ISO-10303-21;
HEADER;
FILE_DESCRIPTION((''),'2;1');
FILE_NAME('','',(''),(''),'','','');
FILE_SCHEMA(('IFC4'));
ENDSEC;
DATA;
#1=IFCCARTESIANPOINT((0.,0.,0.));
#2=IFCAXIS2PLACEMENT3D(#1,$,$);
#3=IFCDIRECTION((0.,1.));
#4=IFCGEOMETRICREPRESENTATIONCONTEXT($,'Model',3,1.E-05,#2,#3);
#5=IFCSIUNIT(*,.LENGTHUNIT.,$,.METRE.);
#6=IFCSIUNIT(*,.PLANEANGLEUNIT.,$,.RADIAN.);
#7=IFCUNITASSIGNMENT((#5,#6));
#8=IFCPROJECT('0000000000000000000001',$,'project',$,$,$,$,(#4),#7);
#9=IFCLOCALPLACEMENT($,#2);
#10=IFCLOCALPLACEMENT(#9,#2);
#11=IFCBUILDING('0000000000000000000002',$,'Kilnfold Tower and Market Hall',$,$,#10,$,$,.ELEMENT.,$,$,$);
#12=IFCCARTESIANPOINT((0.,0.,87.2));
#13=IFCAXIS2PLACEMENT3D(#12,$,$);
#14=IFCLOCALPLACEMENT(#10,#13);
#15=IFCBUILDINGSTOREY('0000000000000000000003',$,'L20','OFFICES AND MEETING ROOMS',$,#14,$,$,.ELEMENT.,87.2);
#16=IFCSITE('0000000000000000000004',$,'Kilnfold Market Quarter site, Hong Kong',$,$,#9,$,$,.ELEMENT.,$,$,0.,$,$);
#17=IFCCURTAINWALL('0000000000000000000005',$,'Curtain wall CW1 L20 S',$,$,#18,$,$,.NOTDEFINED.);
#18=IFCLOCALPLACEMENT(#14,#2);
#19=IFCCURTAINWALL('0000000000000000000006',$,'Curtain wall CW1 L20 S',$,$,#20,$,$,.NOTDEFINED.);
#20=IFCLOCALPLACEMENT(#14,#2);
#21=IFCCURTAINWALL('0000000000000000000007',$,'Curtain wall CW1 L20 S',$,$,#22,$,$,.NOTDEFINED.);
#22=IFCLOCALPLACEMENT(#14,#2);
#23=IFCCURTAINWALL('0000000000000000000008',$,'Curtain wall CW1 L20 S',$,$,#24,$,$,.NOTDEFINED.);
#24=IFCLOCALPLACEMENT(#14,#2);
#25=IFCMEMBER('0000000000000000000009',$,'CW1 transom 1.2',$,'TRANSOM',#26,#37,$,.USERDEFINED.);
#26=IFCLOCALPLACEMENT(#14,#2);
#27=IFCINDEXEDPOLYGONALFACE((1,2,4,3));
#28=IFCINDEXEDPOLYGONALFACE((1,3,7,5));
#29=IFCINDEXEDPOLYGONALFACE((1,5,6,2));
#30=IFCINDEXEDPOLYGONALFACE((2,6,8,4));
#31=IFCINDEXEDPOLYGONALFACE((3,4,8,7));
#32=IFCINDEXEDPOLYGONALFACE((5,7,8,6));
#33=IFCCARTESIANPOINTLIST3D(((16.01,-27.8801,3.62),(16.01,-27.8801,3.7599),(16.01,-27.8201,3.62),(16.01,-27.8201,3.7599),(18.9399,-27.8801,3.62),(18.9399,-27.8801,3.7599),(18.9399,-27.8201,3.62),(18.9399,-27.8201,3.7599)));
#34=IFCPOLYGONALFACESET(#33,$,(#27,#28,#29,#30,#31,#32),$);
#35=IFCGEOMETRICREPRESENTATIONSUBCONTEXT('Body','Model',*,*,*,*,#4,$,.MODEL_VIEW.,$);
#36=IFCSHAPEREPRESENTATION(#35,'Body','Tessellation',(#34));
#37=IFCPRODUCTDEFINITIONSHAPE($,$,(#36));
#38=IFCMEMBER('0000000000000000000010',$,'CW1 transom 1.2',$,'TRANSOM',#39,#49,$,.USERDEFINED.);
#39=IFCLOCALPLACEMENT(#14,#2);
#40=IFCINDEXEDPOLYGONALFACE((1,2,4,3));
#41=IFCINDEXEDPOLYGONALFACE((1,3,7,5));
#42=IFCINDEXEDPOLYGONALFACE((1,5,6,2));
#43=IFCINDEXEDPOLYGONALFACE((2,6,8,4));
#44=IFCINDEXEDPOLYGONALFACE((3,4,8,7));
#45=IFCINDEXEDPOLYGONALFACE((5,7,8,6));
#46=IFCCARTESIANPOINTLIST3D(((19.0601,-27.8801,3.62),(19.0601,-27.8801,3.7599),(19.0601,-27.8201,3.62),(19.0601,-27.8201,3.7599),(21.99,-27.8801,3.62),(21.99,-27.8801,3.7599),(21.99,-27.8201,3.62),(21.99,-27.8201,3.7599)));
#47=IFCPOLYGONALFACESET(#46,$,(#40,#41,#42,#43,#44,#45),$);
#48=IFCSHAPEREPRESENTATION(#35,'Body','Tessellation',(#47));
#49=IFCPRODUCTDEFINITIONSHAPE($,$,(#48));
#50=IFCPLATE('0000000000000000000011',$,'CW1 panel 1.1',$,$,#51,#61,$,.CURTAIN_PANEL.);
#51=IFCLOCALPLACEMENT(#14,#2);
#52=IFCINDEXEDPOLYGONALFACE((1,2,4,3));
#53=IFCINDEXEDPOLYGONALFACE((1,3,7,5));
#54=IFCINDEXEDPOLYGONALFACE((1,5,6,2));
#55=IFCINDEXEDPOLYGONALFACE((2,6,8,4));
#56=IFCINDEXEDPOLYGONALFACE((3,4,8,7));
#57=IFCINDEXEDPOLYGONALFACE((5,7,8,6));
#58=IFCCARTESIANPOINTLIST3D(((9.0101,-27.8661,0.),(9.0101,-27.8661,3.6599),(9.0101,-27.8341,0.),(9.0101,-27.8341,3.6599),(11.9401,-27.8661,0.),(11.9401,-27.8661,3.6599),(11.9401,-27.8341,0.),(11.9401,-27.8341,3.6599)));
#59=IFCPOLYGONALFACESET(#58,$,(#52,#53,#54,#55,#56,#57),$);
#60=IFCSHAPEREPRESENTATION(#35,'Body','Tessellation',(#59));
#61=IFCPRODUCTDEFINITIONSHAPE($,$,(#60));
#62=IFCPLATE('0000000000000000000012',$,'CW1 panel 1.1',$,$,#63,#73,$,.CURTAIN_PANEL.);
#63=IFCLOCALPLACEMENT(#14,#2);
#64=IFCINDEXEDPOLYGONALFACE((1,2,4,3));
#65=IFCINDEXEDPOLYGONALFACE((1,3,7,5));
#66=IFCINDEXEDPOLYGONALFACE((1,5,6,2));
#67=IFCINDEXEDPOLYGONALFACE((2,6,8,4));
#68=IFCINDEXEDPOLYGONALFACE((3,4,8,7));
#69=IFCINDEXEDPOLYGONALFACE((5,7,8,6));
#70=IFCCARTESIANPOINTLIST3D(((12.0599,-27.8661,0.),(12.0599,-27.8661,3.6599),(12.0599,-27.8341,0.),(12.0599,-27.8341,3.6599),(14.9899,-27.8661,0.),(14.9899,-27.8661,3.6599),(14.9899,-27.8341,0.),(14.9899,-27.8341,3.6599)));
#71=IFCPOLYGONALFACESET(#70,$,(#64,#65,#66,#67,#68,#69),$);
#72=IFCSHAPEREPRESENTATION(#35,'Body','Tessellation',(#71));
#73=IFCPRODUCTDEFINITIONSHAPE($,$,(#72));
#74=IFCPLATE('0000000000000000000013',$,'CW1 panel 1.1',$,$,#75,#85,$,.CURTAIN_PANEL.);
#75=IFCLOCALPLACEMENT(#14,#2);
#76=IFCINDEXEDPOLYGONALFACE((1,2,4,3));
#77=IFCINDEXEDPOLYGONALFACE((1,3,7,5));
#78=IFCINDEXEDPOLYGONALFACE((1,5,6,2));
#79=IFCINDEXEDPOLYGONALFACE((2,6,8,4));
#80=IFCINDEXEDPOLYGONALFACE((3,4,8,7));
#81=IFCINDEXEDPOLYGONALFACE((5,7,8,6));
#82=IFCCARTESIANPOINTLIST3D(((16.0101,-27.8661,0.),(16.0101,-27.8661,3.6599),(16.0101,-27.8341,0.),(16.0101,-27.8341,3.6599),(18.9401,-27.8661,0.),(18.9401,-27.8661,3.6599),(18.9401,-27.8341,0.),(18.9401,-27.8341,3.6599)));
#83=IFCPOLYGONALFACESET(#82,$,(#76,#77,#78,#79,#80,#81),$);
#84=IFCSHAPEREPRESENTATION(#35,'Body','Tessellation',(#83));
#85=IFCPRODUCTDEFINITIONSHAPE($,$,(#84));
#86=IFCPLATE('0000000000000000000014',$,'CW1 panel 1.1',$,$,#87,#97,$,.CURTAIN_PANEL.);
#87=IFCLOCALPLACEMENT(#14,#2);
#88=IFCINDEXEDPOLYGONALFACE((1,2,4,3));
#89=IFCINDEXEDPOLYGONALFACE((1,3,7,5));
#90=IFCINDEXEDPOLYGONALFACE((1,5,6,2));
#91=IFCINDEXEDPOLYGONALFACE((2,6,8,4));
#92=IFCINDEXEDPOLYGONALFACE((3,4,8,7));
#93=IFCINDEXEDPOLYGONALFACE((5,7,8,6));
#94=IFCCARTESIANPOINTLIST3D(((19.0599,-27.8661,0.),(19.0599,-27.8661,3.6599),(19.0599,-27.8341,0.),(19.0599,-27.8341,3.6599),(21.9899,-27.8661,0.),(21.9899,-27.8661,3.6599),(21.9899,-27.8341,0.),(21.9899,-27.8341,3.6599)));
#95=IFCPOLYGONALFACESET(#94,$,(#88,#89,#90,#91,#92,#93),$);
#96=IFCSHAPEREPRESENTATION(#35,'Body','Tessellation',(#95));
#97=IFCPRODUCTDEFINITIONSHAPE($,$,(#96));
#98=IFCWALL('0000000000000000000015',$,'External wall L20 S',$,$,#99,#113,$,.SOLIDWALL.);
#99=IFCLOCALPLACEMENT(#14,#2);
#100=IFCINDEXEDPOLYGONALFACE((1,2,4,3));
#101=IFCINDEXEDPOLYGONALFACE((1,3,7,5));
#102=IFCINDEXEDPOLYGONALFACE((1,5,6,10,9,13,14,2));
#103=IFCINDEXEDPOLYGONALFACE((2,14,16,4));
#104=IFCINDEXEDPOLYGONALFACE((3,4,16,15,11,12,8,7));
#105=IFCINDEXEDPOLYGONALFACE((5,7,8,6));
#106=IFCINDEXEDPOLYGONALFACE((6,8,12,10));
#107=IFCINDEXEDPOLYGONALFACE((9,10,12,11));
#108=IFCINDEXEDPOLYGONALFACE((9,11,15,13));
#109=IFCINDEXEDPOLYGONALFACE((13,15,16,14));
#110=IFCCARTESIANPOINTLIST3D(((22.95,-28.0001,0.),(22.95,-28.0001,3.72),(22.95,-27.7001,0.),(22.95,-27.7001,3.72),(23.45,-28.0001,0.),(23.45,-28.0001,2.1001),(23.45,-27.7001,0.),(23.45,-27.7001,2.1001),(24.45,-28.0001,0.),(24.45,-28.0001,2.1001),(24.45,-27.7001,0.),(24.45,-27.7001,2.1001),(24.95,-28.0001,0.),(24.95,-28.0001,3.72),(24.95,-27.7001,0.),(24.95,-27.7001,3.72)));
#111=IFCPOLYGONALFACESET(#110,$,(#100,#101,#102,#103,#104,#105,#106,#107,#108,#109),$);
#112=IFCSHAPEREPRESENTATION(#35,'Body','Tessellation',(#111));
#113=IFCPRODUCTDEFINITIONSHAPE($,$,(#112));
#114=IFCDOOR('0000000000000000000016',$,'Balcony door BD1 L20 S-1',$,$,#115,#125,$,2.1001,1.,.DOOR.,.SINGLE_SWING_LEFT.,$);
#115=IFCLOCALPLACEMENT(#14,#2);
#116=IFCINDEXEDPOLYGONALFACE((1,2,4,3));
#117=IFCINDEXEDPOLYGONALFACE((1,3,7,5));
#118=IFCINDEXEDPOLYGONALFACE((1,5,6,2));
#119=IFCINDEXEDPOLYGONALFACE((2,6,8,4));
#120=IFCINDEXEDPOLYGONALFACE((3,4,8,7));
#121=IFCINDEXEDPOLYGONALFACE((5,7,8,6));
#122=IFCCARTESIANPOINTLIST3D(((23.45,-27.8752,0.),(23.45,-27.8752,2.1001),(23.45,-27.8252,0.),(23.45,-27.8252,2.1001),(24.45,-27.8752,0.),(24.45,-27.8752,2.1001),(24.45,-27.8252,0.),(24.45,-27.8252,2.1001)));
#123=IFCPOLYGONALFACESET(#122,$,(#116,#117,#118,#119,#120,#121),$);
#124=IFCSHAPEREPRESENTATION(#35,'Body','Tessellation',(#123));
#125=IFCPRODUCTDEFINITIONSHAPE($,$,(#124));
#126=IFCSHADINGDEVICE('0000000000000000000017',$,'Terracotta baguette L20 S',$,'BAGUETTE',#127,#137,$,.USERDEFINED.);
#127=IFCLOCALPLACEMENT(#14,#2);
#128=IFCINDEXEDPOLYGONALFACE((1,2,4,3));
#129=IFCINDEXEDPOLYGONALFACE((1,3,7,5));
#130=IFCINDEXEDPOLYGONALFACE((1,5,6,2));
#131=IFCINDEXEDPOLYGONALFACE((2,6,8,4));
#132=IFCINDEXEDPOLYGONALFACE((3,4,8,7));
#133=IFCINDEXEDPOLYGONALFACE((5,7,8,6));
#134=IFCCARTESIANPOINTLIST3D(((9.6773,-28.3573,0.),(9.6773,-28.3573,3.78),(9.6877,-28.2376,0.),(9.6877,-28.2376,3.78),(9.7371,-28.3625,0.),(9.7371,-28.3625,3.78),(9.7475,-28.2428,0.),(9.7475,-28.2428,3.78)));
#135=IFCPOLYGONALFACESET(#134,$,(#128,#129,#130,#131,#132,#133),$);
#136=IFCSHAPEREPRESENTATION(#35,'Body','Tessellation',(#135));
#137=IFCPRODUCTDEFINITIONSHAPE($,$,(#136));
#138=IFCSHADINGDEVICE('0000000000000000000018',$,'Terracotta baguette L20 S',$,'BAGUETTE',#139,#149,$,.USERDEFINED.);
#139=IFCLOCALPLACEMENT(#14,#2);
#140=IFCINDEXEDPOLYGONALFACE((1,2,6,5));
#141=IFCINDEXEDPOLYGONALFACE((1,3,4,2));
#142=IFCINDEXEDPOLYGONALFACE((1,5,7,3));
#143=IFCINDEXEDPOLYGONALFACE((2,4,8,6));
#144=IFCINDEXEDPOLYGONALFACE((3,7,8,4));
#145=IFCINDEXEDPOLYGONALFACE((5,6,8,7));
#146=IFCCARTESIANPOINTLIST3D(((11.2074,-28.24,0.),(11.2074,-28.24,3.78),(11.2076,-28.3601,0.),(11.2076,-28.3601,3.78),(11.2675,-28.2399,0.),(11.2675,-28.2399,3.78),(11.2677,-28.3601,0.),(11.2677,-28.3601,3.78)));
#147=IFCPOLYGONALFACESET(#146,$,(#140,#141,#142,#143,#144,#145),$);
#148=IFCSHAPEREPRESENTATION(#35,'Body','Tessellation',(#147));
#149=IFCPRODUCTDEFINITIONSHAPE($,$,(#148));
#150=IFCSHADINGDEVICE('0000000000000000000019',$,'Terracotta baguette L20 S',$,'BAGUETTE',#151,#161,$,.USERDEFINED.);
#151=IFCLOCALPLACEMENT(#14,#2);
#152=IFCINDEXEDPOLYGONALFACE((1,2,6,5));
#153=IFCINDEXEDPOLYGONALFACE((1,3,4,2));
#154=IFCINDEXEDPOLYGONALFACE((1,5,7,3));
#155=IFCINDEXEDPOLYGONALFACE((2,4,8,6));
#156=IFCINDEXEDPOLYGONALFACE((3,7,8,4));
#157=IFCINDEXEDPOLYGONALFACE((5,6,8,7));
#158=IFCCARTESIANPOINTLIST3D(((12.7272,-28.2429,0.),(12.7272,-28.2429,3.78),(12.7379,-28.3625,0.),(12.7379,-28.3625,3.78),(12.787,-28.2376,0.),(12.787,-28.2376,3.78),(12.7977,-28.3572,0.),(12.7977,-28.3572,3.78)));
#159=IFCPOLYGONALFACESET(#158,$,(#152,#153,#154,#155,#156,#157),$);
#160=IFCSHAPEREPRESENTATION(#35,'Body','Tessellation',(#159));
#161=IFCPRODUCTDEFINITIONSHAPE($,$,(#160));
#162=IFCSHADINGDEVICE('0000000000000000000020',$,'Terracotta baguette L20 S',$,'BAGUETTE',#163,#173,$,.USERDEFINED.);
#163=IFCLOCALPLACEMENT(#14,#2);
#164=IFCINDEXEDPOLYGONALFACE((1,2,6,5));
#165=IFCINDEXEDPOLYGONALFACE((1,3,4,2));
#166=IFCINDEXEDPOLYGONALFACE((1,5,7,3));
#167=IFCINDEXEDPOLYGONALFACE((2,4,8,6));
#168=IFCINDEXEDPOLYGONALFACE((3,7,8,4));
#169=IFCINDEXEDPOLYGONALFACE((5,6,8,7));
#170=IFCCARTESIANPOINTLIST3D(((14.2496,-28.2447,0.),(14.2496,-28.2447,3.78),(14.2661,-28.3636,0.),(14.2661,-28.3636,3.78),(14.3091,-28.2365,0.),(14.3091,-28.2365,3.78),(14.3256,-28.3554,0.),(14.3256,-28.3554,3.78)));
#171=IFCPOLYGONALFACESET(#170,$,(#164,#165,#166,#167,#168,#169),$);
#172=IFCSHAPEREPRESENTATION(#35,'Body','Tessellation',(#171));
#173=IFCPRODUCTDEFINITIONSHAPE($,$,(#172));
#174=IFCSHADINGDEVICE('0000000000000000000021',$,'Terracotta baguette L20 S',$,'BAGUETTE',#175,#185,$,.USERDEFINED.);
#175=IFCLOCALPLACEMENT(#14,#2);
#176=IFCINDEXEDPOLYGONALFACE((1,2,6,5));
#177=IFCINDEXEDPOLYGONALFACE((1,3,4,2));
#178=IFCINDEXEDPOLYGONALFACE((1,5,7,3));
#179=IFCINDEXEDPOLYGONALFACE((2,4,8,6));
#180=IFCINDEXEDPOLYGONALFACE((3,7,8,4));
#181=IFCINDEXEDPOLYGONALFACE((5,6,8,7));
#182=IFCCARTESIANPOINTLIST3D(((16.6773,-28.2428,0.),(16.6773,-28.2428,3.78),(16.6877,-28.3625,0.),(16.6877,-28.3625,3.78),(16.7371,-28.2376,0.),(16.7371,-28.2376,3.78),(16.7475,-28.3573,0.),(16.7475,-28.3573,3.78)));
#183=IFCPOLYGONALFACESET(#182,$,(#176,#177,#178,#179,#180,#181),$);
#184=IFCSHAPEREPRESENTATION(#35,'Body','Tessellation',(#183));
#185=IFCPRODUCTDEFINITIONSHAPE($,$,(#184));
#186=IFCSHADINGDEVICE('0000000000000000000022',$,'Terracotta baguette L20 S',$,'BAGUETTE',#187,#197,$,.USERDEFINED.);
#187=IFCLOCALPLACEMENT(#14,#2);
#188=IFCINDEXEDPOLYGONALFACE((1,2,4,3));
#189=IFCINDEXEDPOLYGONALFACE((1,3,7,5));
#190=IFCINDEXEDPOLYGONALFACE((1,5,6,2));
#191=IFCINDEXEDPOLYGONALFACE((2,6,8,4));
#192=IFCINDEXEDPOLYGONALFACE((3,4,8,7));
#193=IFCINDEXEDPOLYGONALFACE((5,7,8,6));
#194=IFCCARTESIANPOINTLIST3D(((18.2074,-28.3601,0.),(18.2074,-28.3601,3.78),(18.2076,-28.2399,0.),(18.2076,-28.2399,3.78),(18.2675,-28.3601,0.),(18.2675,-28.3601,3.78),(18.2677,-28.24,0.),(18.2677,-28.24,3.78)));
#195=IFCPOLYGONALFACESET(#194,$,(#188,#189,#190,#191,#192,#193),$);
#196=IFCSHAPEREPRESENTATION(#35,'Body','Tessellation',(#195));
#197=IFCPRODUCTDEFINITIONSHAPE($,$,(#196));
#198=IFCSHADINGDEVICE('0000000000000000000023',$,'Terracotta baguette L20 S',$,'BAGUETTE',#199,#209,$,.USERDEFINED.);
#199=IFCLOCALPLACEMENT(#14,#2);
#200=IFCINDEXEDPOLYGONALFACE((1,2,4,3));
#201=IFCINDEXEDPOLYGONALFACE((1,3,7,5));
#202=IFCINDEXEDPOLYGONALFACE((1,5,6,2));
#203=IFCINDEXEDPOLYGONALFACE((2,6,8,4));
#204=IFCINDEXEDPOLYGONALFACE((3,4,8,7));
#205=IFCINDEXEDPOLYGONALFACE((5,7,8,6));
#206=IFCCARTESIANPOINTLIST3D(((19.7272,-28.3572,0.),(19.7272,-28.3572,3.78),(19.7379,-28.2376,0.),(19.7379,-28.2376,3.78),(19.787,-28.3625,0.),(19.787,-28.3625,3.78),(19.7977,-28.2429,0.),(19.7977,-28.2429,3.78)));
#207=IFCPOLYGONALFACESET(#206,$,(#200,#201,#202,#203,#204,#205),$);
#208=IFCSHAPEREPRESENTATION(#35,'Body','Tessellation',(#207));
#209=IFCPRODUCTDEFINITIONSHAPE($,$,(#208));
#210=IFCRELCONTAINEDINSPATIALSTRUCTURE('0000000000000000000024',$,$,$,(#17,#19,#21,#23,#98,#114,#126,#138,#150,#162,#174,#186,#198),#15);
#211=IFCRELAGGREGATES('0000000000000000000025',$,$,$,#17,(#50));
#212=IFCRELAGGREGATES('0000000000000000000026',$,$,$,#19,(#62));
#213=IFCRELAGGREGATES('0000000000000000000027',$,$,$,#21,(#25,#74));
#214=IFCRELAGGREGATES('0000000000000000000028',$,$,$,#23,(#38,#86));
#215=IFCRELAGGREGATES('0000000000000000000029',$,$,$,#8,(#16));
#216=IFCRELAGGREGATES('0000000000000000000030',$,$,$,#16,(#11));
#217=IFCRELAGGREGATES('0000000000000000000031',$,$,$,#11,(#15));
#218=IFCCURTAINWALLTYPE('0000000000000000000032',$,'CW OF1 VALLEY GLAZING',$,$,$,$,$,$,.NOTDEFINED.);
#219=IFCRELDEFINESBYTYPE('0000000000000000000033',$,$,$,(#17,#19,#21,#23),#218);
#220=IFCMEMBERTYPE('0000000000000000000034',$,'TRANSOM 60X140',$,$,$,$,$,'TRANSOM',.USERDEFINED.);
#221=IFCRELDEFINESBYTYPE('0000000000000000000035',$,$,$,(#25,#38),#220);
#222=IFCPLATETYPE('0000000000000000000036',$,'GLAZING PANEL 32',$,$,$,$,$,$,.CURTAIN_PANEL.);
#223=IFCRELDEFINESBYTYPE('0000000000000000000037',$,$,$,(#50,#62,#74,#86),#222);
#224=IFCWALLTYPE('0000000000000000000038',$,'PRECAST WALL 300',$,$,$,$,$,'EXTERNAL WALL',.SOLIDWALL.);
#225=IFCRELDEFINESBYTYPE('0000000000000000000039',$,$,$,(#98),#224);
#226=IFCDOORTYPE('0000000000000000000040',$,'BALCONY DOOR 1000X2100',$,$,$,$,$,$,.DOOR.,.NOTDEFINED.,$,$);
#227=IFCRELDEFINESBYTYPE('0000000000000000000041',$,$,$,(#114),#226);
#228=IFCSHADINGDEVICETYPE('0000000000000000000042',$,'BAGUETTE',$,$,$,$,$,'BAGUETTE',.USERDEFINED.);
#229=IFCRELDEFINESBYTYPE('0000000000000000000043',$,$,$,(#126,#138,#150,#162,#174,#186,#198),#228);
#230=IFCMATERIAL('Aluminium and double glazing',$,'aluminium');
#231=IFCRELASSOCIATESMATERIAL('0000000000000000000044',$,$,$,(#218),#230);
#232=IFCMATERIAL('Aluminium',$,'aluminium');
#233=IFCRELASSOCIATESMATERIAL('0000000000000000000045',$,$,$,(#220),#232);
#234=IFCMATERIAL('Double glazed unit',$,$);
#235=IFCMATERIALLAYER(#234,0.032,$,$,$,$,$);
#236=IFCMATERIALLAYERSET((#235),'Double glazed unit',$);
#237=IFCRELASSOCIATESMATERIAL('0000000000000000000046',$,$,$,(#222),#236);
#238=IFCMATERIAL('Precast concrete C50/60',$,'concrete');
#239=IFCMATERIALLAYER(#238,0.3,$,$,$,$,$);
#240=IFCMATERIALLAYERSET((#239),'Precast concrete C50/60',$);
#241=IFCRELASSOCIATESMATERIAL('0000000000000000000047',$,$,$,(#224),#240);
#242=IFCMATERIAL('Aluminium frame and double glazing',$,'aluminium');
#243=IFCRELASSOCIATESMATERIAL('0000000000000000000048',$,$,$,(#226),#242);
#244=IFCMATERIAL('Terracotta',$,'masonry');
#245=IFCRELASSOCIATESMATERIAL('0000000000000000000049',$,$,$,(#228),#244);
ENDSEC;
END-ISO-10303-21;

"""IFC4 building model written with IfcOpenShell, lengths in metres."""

from ifc_helpers import new_model, si_unit, direction, frame, frame_2d, origin, origin_2d, place, context, subcontext, project, spatial, rectangle, extrude, source, transform, mapped, material, layer, layer_set, material_profile, profile_set, type_object, element, fill, aggregate, save


model = new_model("IFC4")

# Units and contexts
model_context = context("Model", 3, precision=1e-05, world=origin(), true_north=direction((0.0, 1.0)))
body_context = subcontext(model_context, "Body", "Model", "MODEL_VIEW")
ifc_project = project(units=[si_unit("LENGTHUNIT", "METRE"), si_unit("PLANEANGLEUNIT", "RADIAN")], contexts=[model_context])

# Site, building, storey
site_placement = place(None, origin())
site = spatial("IfcSite", under=ifc_project, at=site_placement, Name="Kilnfold Market Quarter site, Hong Kong", CompositionType="ELEMENT", RefElevation=0.0)
building_placement = place(site_placement, origin())
building = spatial("IfcBuilding", under=site, at=building_placement, Name="Kilnfold Tower and Market Hall", CompositionType="ELEMENT")
storey_placement = place(building_placement, frame((0.0, 0.0, 87.2)))
storey = spatial("IfcBuildingStorey", under=building, at=storey_placement, Name="L20", Description="OFFICES AND MEETING ROOMS", CompositionType="ELEMENT", Elevation=87.2)

# Curtain walls
ifc_material_1 = material(Name="Aluminium and double glazing", Category="aluminium")
curtain_wall_type = type_object("IfcCurtainWallType", Name="CW OF1 VALLEY GLAZING", PredefinedType="NOTDEFINED", material=ifc_material_1)
curtain_wall_1_placement = place(storey_placement, origin())
curtain_wall_1 = element("IfcCurtainWall", 1, at=curtain_wall_1_placement, inside=storey, type_object=curtain_wall_type, Name="Curtain wall CW1 L20 S", PredefinedType="NOTDEFINED")
curtain_wall_2_placement = place(storey_placement, origin())
curtain_wall_2 = element("IfcCurtainWall", 2, at=curtain_wall_2_placement, inside=storey, type_object=curtain_wall_type, Name="Curtain wall CW1 L20 S", PredefinedType="NOTDEFINED")
curtain_wall_3_placement = place(storey_placement, origin())
curtain_wall_3 = element("IfcCurtainWall", 3, at=curtain_wall_3_placement, inside=storey, type_object=curtain_wall_type, Name="Curtain wall CW1 L20 S", PredefinedType="NOTDEFINED")
curtain_wall_4_placement = place(storey_placement, origin())
curtain_wall_4 = element("IfcCurtainWall", 4, at=curtain_wall_4_placement, inside=storey, type_object=curtain_wall_type, Name="Curtain wall CW1 L20 S", PredefinedType="NOTDEFINED")

# Members
ifc_material_2 = material(Name="Aluminium", Category="aluminium")
ifc_material_profile_1 = material_profile(ifc_material_2, rectangle(XDim=0.0601, YDim=0.1399, at=origin_2d()), Name="TRANSOM 60x140")
ifc_profile_set_1 = profile_set([ifc_material_profile_1], Name="Aluminium")
member_type_1 = type_object("IfcMemberType", Name="TRANSOM 60X140", ElementType="TRANSOM", PredefinedType="USERDEFINED", material=ifc_profile_set_1)
shared_shape_1 = source(origin(), body_context, "Body", "SweptSolid", [
    extrude(rectangle(XDim=0.0601, YDim=0.1399, at=origin_2d()), origin(), (0.0, 0.0, 1.0), 2.9299),
])
member_1_placement = place(storey_placement, frame((16.01, -27.8501, 3.6899), z_axis=(1.0, 0.0, 0.0), x_axis=(0.0, 1.0, 0.0)))
member_1 = element("IfcMember", 5, at=member_1_placement, type_object=member_type_1, Name="CW1 transom 1.2", ObjectType="TRANSOM", PredefinedType="USERDEFINED", context=body_context, shape_type="MappedRepresentation", body=[
    mapped(shared_shape_1, transform((0.0, 0.0, 0.0))),
])
member_2_placement = place(storey_placement, frame((19.0601, -27.8501, 3.6899), z_axis=(1.0, 0.0, 0.0), x_axis=(0.0, 1.0, 0.0)))
member_2 = element("IfcMember", 6, at=member_2_placement, type_object=member_type_1, Name="CW1 transom 1.2", ObjectType="TRANSOM", PredefinedType="USERDEFINED", context=body_context, shape_type="MappedRepresentation", body=[
    mapped(shared_shape_1, transform((0.0, 0.0, 0.0))),
])

# Plates
ifc_material_3 = material(Name="Double glazed unit")
ifc_layer_1 = layer(ifc_material_3, 0.032)
ifc_layer_set_1 = layer_set([ifc_layer_1], Name="Double glazed unit")
plate_type = type_object("IfcPlateType", Name="GLAZING PANEL 32", PredefinedType="CURTAIN_PANEL", material=ifc_layer_set_1)
shared_shape_2 = source(origin(), body_context, "Body", "SweptSolid", [
    extrude(rectangle(XDim=2.9299, YDim=0.032, at=origin_2d()), origin(), (0.0, 0.0, 1.0), 3.6599),
])
plate_1_placement = place(storey_placement, frame((10.4751, -27.8501, 0.0), z_axis=(0.0, 0.0, 1.0), x_axis=(1.0, 0.0, 0.0)))
plate_1 = element("IfcPlate", 7, at=plate_1_placement, type_object=plate_type, Name="CW1 panel 1.1", PredefinedType="CURTAIN_PANEL", context=body_context, shape_type="MappedRepresentation", body=[
    mapped(shared_shape_2, transform((0.0, 0.0, 0.0))),
])
aggregate(curtain_wall_1, [plate_1])
plate_2_placement = place(storey_placement, frame((13.5249, -27.8501, 0.0), z_axis=(0.0, 0.0, 1.0), x_axis=(1.0, 0.0, 0.0)))
plate_2 = element("IfcPlate", 8, at=plate_2_placement, type_object=plate_type, Name="CW1 panel 1.1", PredefinedType="CURTAIN_PANEL", context=body_context, shape_type="MappedRepresentation", body=[
    mapped(shared_shape_2, transform((0.0, 0.0, 0.0))),
])
aggregate(curtain_wall_2, [plate_2])
plate_3_placement = place(storey_placement, frame((17.4751, -27.8501, 0.0), z_axis=(0.0, 0.0, 1.0), x_axis=(1.0, 0.0, 0.0)))
plate_3 = element("IfcPlate", 9, at=plate_3_placement, type_object=plate_type, Name="CW1 panel 1.1", PredefinedType="CURTAIN_PANEL", context=body_context, shape_type="MappedRepresentation", body=[
    mapped(shared_shape_2, transform((0.0, 0.0, 0.0))),
])
aggregate(curtain_wall_3, [member_1, plate_3])
plate_4_placement = place(storey_placement, frame((20.5249, -27.8501, 0.0), z_axis=(0.0, 0.0, 1.0), x_axis=(1.0, 0.0, 0.0)))
plate_4 = element("IfcPlate", 10, at=plate_4_placement, type_object=plate_type, Name="CW1 panel 1.1", PredefinedType="CURTAIN_PANEL", context=body_context, shape_type="MappedRepresentation", body=[
    mapped(shared_shape_2, transform((0.0, 0.0, 0.0))),
])
aggregate(curtain_wall_4, [member_2, plate_4])

# Wall, opening, door
ifc_material_4 = material(Name="Precast concrete C50/60", Category="concrete")
ifc_layer_2 = layer(ifc_material_4, 0.3)
ifc_layer_set_2 = layer_set([ifc_layer_2], Name="Precast concrete C50/60")
wall_type = type_object("IfcWallType", Name="PRECAST WALL 300", ElementType="EXTERNAL WALL", PredefinedType="SOLIDWALL", material=ifc_layer_set_2)
shared_shape_3 = source(origin(), body_context, "Body", "SweptSolid", [
    extrude(rectangle(XDim=2.0, YDim=0.3, at=frame_2d((1.0, 0.0))), origin(), (0.0, 0.0, 1.0), 3.72),
])
wall_placement = place(storey_placement, frame((22.95, -27.8501, 0.0), z_axis=(0.0, 0.0, 1.0), x_axis=(1.0, 0.0, 0.0)))
wall = element("IfcWall", 11, at=wall_placement, inside=storey, type_object=wall_type, Name="External wall L20 S", PredefinedType="SOLIDWALL", context=body_context, shape_type="MappedRepresentation", body=[
    mapped(shared_shape_3, transform((0.0, 0.0, 0.0))),
])
opening_placement = place(wall_placement, frame((0.5, 0.0, 0.0)))
opening = element("IfcOpeningElement", 12, at=opening_placement, cuts=wall, PredefinedType="OPENING", context=body_context, shape_type="SweptSolid", body=[
    extrude(rectangle(XDim=1.0, YDim=2.1001, at=frame_2d((0.5, 1.05))), frame((0.0, 0.1602, 0.0), z_axis=(0.0, -1.0, 0.0), x_axis=(1.0, 0.0, 0.0)), (0.0, 0.0, 1.0), 0.3201),
])
ifc_material_5 = material(Name="Aluminium frame and double glazing", Category="aluminium")
door_type = type_object("IfcDoorType", Name="BALCONY DOOR 1000X2100", OperationType="NOTDEFINED", PredefinedType="DOOR", material=ifc_material_5)
door_placement = place(opening_placement, origin())
door = element("IfcDoor", 13, at=door_placement, inside=storey, type_object=door_type, Name="Balcony door BD1 L20 S-1", OperationType="SINGLE_SWING_LEFT", OverallHeight=2.1001, OverallWidth=1.0, PredefinedType="DOOR", context=body_context, shape_type="SweptSolid", body=[
    extrude(rectangle(XDim=1.0, YDim=2.1001, at=frame_2d((0.5, 1.05))), frame((0.0, 0.0249, 0.0), z_axis=(0.0, -1.0, 0.0), x_axis=(1.0, 0.0, 0.0)), (0.0, 0.0, 1.0), 0.05),
])
fill(opening, door)

# Shading devices
ifc_material_6 = material(Name="Terracotta", Category="masonry")
ifc_material_profile_2 = material_profile(ifc_material_6, rectangle(XDim=0.0601, YDim=0.1201, at=origin_2d()), Name="BAG 60x120")
ifc_profile_set_2 = profile_set([ifc_material_profile_2], Name="Terracotta")
shading_device_type = type_object("IfcShadingDeviceType", Name="BAGUETTE", ElementType="BAGUETTE", PredefinedType="USERDEFINED", material=ifc_profile_set_2)
shared_shape_4 = source(origin(), body_context, "Body", "SweptSolid", [
    extrude(rectangle(XDim=0.0601, YDim=0.1201, at=origin_2d()), origin(), (0.0, 0.0, 1.0), 3.78),
])
for number, where, z_axis, x_axis, name in (
    (14, (9.7124, -28.3, 0.0), (0.0, 0.0, 1.0), (0.996198, -0.087116, 0.0), "Terracotta baguette L20 S"),
    (15, (11.2375, -28.3, 0.0), (0.0, 0.0, 1.0), (0.999999, 0.001347, 0.0), "Terracotta baguette L20 S"),
    (16, (12.7625, -28.3, 0.0), (0.0, 0.0, 1.0), (0.996014, 0.089197, 0.0), "Terracotta baguette L20 S"),
    (17, (14.2876, -28.3, 0.0), (0.0, 0.0, 1.0), (0.990623, 0.136623, 0.0), "Terracotta baguette L20 S"),
    (18, (16.7124, -28.3, 0.0), (0.0, 0.0, 1.0), (0.996198, 0.087116, 0.0), "Terracotta baguette L20 S"),
    (19, (18.2375, -28.3, 0.0), (0.0, 0.0, 1.0), (0.999999, -0.001347, 0.0), "Terracotta baguette L20 S"),
    (20, (19.7625, -28.3, 0.0), (0.0, 0.0, 1.0), (0.996014, -0.089197, 0.0), "Terracotta baguette L20 S"),
):
    element("IfcShadingDevice", number, at=place(storey_placement, frame(where, z_axis=z_axis, x_axis=x_axis)), inside=storey, type_object=shading_device_type, Name=name, ObjectType="BAGUETTE", PredefinedType="USERDEFINED", context=body_context, shape_type="MappedRepresentation", body=[
        mapped(shared_shape_4, transform((0.0, 0.0, 0.0))),
    ])

save(model, "model.ifc")
